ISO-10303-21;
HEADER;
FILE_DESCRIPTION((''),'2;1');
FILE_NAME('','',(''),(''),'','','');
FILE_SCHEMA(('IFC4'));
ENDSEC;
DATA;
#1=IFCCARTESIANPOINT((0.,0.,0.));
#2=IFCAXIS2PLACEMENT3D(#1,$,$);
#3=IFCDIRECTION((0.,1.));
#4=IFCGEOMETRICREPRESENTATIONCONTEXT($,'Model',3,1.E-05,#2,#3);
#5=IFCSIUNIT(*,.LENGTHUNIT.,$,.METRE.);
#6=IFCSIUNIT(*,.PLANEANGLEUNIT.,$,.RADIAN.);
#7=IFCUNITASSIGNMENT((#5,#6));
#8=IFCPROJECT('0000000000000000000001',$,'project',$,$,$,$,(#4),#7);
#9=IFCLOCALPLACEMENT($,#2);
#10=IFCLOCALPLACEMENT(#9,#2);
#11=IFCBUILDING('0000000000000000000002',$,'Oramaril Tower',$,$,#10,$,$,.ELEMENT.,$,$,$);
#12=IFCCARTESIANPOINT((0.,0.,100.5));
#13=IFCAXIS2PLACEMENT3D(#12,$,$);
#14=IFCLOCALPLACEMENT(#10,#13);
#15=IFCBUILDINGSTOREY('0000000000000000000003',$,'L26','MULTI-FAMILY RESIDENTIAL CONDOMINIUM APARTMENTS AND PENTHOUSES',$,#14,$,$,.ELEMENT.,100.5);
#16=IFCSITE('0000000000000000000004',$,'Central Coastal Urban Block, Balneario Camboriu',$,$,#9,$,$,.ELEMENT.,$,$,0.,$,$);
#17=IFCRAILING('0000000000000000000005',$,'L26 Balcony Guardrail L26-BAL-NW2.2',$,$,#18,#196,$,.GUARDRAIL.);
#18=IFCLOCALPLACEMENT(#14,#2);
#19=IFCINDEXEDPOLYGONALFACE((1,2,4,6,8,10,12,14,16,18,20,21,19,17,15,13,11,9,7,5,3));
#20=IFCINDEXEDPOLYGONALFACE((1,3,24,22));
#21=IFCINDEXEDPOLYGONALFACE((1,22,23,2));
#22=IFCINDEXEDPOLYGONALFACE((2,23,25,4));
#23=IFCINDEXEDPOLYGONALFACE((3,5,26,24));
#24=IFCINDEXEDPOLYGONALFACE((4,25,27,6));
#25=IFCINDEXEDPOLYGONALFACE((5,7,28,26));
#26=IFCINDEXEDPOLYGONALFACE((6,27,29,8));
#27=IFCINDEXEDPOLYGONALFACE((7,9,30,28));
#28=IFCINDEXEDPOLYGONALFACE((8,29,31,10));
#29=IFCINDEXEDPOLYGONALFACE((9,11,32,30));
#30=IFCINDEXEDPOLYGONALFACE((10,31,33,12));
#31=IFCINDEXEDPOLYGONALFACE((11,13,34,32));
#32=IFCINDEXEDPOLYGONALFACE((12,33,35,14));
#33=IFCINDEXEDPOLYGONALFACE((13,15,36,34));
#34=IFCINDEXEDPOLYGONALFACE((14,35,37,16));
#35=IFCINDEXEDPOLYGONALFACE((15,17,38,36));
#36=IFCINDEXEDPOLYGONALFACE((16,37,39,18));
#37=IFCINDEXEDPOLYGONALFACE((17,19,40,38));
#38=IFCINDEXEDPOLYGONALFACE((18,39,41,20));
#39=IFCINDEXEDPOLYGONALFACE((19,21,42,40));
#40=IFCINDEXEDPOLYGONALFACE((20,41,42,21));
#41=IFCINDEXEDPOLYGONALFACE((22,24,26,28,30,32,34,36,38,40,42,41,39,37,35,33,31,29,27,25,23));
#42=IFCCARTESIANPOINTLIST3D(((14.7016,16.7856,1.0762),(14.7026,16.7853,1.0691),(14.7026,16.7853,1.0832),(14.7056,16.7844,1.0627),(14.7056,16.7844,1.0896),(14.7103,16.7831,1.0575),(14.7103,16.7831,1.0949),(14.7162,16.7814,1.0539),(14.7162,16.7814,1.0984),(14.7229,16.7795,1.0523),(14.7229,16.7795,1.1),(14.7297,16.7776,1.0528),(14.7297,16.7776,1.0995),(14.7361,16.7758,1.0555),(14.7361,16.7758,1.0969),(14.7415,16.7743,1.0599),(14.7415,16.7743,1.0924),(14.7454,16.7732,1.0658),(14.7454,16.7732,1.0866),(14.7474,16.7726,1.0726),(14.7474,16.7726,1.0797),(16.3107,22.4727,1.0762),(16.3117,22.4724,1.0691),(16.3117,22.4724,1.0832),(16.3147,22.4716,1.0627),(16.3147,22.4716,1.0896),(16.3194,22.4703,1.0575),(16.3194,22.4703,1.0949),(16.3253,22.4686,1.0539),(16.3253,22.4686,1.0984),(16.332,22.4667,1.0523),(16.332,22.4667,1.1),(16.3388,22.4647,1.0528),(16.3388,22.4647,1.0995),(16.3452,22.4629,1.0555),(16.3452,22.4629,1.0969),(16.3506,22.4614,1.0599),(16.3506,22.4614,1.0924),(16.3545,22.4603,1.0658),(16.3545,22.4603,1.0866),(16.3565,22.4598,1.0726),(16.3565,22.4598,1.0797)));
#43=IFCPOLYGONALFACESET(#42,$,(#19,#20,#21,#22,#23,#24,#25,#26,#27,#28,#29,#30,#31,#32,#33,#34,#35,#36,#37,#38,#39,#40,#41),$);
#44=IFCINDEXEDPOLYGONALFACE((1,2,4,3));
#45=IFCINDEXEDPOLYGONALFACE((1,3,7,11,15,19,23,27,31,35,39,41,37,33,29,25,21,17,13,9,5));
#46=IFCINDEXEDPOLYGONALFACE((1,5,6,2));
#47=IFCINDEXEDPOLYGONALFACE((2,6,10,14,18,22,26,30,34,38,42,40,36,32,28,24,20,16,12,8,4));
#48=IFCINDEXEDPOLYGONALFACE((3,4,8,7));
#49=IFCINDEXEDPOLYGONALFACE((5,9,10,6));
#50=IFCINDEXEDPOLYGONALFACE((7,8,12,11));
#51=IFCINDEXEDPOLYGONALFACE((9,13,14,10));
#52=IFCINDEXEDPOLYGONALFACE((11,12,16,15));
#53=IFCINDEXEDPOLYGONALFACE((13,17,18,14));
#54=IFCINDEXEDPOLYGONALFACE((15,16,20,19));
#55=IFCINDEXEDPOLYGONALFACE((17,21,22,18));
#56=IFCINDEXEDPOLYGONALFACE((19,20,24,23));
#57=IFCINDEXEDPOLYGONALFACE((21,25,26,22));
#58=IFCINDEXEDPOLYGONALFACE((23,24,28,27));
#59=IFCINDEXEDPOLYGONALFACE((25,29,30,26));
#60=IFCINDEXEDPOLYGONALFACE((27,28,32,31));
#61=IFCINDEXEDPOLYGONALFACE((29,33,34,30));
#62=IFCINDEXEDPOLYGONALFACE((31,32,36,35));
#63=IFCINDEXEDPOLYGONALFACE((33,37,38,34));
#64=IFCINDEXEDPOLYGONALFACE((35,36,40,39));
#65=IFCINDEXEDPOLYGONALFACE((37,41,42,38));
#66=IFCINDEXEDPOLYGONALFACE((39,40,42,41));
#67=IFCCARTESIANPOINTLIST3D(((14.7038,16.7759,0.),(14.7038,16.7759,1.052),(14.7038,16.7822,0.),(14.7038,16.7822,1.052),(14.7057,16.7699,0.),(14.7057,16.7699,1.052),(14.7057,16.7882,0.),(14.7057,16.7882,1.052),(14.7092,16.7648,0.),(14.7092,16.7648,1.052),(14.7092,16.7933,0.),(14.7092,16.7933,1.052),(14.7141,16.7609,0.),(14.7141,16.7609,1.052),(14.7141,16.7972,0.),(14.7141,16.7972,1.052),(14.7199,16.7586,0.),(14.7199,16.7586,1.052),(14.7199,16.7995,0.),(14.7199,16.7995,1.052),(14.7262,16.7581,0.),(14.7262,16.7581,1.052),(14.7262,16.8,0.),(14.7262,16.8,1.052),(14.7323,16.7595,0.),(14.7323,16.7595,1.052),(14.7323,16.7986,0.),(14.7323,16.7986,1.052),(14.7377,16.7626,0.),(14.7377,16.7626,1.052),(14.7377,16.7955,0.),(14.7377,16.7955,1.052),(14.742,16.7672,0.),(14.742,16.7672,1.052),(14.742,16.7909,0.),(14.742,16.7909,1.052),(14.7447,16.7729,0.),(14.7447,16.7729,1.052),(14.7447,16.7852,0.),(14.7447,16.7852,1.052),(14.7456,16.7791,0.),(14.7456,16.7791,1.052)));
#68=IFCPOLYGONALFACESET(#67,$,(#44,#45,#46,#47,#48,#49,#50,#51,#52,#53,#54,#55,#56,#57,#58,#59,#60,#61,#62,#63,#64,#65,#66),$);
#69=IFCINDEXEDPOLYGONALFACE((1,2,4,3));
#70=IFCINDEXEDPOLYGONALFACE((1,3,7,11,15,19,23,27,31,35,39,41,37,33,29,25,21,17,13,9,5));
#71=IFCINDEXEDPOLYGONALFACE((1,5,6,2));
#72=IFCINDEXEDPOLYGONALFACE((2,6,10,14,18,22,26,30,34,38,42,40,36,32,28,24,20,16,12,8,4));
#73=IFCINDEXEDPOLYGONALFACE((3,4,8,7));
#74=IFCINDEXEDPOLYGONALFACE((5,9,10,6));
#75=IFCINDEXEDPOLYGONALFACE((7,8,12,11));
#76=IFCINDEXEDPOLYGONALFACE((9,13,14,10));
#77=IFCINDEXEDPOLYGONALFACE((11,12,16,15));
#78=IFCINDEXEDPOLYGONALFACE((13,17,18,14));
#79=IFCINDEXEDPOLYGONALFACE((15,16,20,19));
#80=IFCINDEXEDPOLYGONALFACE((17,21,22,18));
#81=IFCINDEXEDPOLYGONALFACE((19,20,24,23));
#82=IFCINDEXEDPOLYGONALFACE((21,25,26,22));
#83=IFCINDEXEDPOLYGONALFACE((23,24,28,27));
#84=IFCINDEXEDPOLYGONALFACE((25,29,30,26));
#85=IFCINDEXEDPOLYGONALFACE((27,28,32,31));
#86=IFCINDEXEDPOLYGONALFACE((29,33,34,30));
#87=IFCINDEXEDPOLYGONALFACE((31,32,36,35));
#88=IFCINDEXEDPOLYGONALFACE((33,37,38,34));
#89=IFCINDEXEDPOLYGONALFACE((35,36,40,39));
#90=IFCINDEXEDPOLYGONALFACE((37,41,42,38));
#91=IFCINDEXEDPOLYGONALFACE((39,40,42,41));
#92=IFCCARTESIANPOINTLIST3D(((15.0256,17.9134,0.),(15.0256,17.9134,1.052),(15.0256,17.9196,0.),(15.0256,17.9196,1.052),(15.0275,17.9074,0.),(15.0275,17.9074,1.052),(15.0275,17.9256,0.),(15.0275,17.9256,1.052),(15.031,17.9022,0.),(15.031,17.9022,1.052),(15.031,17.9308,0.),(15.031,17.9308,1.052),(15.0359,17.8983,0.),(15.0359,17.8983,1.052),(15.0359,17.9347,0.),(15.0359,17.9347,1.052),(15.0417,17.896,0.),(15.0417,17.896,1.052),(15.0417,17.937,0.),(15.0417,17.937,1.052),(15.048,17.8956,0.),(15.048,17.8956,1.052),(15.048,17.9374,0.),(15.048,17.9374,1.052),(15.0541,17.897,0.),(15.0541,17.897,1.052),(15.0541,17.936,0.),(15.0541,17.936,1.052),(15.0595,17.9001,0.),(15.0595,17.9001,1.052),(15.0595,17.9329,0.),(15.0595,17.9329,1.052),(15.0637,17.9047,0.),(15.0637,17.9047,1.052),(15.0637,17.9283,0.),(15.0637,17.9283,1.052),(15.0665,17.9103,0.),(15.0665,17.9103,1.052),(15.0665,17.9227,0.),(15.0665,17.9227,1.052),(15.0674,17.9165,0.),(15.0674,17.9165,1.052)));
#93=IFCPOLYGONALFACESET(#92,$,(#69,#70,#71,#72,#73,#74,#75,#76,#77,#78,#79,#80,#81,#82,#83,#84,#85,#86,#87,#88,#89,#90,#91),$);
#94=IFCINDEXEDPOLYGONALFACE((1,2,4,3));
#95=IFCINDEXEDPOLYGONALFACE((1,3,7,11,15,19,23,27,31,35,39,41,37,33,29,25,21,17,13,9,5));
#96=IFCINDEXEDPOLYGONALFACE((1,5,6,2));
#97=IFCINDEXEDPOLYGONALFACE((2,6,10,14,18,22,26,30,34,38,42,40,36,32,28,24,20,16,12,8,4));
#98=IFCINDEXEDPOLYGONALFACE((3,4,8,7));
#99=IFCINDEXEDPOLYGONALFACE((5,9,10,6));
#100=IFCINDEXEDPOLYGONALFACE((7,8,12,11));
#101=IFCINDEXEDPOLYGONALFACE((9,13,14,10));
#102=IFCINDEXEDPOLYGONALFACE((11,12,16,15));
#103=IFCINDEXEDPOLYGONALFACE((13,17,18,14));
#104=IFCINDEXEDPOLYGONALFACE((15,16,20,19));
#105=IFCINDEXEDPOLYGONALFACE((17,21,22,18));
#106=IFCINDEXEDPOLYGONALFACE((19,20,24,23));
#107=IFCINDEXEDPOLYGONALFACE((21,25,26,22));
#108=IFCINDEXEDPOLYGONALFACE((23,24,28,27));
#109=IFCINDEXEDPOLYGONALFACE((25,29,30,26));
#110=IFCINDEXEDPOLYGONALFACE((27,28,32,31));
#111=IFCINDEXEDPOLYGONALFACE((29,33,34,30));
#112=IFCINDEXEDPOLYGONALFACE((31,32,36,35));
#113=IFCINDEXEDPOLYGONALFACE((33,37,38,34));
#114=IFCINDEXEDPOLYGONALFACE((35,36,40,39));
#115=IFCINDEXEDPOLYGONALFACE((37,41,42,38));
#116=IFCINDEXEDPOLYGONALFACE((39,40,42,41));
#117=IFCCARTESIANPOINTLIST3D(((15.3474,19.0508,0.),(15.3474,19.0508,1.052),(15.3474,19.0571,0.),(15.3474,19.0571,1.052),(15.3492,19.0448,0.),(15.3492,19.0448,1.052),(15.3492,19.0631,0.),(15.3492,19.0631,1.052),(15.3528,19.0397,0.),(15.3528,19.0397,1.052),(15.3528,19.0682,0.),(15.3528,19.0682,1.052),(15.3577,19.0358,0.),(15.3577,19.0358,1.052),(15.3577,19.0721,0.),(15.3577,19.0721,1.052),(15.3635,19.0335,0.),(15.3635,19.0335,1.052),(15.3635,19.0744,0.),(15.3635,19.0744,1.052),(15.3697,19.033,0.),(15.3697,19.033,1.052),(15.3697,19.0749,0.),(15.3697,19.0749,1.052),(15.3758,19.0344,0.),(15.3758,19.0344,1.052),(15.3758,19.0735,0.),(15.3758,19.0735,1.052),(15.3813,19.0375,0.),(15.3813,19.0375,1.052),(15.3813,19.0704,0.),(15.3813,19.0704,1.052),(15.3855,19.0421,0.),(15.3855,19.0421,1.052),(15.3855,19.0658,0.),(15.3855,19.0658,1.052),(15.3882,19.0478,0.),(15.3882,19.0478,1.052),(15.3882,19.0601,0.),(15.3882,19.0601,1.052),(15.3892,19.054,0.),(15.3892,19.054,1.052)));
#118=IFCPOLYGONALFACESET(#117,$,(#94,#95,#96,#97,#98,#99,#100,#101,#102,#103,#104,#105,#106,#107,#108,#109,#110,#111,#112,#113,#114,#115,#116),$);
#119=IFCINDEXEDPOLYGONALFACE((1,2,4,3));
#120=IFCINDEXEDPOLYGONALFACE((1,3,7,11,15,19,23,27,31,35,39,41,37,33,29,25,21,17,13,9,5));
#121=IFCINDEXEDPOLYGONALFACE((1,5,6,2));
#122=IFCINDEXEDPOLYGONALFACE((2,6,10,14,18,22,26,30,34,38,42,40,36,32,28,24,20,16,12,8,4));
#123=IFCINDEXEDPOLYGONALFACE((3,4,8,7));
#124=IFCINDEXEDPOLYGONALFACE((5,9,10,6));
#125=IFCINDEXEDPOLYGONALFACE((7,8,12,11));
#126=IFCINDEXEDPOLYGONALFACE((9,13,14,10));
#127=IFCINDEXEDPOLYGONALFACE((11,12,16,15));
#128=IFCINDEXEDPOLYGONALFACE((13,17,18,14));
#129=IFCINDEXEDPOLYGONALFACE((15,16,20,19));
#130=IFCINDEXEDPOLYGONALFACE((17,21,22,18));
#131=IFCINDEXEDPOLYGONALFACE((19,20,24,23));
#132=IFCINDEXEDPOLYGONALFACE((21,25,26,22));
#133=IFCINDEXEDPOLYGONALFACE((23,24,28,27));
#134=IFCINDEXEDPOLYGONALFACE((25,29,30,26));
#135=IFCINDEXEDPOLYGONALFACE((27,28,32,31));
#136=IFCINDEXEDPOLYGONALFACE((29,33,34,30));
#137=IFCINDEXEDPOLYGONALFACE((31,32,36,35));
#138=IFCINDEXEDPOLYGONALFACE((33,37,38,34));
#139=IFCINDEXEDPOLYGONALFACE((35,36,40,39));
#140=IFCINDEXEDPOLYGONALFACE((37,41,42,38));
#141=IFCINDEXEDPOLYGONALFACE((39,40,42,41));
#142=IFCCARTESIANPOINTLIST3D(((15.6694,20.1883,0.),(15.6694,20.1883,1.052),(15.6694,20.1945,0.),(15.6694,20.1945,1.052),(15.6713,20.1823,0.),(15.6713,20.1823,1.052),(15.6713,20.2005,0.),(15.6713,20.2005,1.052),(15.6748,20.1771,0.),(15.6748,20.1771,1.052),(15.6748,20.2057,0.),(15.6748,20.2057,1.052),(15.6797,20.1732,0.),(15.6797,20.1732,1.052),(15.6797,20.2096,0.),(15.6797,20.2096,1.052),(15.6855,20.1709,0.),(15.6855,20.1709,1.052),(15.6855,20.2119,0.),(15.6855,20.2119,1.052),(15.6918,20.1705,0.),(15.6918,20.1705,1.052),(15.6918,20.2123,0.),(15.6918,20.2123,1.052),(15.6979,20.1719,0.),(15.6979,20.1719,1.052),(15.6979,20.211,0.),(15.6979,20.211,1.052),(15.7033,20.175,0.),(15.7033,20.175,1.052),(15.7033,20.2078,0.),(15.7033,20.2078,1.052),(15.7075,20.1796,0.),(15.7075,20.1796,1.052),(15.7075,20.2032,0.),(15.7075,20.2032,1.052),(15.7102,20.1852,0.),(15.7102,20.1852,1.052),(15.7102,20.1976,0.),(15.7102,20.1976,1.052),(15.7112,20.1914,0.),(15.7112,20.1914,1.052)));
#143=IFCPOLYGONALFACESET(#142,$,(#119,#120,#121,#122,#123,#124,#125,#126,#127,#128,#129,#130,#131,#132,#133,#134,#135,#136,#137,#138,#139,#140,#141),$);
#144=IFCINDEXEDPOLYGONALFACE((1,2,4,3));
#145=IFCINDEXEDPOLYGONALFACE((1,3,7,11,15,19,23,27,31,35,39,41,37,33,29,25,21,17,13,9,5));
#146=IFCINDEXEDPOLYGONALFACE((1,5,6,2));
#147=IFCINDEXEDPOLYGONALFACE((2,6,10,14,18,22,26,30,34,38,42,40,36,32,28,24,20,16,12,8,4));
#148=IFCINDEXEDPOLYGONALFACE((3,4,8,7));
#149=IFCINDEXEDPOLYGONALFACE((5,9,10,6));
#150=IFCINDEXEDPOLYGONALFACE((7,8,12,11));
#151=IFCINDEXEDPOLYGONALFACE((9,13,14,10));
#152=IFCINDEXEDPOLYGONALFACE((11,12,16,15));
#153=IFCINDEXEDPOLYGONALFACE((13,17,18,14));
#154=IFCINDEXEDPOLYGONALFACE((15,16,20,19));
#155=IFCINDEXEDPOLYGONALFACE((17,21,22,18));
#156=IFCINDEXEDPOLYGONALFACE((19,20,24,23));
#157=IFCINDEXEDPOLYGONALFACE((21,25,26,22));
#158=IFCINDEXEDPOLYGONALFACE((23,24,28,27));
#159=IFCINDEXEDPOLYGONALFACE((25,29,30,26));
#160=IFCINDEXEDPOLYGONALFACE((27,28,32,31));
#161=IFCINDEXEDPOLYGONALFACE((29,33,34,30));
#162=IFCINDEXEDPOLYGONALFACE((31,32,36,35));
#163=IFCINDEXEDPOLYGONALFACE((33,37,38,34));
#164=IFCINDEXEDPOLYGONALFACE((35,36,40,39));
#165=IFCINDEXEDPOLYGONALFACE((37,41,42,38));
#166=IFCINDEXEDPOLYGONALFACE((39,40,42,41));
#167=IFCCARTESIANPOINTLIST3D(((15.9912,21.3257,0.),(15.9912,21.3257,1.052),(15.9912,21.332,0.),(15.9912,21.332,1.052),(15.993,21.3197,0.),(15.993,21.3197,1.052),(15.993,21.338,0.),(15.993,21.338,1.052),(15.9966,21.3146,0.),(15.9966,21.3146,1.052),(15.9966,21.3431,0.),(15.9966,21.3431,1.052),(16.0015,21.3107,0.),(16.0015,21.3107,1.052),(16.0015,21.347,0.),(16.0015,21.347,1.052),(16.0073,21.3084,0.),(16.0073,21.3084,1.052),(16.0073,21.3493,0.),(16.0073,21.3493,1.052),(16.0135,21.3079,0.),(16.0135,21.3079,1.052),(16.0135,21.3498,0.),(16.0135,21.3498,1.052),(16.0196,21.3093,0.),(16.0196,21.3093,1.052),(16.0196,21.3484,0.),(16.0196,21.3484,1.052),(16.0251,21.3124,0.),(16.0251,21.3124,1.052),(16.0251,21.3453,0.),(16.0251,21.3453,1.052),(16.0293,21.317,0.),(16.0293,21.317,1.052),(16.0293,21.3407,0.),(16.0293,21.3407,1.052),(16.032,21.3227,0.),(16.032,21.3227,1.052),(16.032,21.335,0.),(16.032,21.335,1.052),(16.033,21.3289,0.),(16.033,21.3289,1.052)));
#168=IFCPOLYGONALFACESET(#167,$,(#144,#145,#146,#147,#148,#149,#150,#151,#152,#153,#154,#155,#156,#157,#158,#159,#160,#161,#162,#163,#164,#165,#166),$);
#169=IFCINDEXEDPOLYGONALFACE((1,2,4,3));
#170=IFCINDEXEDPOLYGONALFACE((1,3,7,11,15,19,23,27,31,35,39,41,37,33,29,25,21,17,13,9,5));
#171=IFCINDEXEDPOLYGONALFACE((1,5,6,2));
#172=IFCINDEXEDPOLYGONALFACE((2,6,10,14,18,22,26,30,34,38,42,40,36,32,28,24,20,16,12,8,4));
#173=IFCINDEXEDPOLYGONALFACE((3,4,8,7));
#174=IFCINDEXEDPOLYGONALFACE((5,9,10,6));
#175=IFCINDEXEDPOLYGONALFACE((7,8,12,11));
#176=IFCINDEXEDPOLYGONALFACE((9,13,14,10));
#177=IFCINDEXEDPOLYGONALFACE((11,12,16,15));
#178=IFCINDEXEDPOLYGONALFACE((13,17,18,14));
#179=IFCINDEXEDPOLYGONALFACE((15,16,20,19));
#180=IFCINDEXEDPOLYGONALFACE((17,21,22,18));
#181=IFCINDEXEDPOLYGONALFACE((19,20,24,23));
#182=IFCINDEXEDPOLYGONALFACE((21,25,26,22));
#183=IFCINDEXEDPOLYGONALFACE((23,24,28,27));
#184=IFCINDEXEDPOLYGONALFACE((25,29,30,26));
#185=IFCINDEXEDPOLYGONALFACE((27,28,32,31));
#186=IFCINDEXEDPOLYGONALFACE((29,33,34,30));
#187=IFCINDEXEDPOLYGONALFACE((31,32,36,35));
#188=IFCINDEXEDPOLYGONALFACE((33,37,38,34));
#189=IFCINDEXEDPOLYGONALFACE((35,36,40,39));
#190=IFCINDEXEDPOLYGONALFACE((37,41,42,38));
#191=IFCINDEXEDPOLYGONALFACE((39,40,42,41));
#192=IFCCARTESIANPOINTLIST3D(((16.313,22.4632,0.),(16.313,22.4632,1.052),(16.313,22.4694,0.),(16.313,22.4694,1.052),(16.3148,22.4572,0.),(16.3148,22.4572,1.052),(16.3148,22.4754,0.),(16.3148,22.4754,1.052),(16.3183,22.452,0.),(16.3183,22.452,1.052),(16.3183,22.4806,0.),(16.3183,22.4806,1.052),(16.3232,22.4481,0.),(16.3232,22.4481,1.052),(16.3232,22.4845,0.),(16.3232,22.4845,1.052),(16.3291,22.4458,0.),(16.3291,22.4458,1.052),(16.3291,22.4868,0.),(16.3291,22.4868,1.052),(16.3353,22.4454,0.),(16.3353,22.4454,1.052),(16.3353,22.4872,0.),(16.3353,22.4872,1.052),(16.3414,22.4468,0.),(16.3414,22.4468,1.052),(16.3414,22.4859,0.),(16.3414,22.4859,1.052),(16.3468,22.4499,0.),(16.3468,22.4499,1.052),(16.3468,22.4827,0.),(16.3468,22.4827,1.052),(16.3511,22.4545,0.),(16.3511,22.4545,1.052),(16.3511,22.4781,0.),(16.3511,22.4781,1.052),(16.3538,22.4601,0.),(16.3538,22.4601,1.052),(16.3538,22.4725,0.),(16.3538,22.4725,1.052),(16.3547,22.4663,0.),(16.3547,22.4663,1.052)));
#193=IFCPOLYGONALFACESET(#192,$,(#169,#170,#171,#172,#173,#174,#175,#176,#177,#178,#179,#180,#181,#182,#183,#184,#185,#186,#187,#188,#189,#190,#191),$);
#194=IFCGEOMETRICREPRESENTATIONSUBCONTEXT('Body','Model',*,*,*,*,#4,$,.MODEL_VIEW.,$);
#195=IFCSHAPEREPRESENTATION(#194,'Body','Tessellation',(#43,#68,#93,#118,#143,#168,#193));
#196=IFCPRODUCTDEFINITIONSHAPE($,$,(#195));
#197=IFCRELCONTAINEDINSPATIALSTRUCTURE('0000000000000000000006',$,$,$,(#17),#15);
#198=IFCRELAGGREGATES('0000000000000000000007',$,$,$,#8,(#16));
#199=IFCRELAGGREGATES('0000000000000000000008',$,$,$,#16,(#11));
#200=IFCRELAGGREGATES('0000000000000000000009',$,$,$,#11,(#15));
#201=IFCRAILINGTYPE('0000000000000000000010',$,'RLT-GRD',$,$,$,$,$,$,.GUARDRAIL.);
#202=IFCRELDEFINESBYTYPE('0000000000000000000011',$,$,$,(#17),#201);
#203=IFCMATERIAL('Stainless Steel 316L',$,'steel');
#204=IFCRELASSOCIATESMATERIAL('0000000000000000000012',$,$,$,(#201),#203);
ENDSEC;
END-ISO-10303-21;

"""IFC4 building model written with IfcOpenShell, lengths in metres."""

from ifc_helpers import new_model, si_unit, direction, frame, origin, origin_2d, place, context, subcontext, project, spatial, circle, extrude, material, type_object, element, save


model = new_model("IFC4")

# Units and contexts
model_context = context("Model", 3, precision=1e-05, world=origin(), true_north=direction((0.0, 1.0)))
body_context = subcontext(model_context, "Body", "Model", "MODEL_VIEW")
ifc_project = project(units=[si_unit("LENGTHUNIT", "METRE"), si_unit("PLANEANGLEUNIT", "RADIAN")], contexts=[model_context])

# Site, building, storey
site_placement = place(None, origin())
site = spatial("IfcSite", under=ifc_project, at=site_placement, Name="Central Coastal Urban Block, Balneario Camboriu", CompositionType="ELEMENT", RefElevation=0.0)
building_placement = place(site_placement, origin())
building = spatial("IfcBuilding", under=site, at=building_placement, Name="Oramaril Tower", CompositionType="ELEMENT")
storey_placement = place(building_placement, frame((0.0, 0.0, 100.5)))
storey = spatial("IfcBuildingStorey", under=building, at=storey_placement, Name="L26", Description="MULTI-FAMILY RESIDENTIAL CONDOMINIUM APARTMENTS AND PENTHOUSES", CompositionType="ELEMENT", Elevation=100.5)

# Railing
ifc_material_1 = material(Name="Stainless Steel 316L", Category="steel")
railing_type = type_object("IfcRailingType", Name="RLT-GRD", PredefinedType="GUARDRAIL", material=ifc_material_1)
railing_1_placement = place(storey_placement, frame((14.7246, 16.7791, 0.0)))
element("IfcRailing", 1, at=railing_1_placement, inside=storey, type_object=railing_type, Name="L26 Balcony Guardrail L26-BAL-NW2.2", PredefinedType="GUARDRAIL", context=body_context, shape_type="SweptSolid", body=[
    extrude(circle(Radius=0.0239, at=origin_2d()), frame((0.0, 0.0, 1.0762), z_axis=(0.272249, 0.962227, 0.0), x_axis=(-0.962227, 0.272249, 0.0)), (0.0, 0.0, 1.0), 5.9104),
    extrude(circle(Radius=0.021, at=origin_2d()), origin(), (0.0, 0.0, 1.0), 1.052),
    extrude(circle(Radius=0.021, at=origin_2d()), frame((0.3218, 1.1375, 0.0)), (0.0, 0.0, 1.0), 1.052),
    extrude(circle(Radius=0.021, at=origin_2d()), frame((0.6436, 2.2749, 0.0)), (0.0, 0.0, 1.0), 1.052),
    extrude(circle(Radius=0.021, at=origin_2d()), frame((0.9656, 3.4124, 0.0)), (0.0, 0.0, 1.0), 1.052),
    extrude(circle(Radius=0.021, at=origin_2d()), frame((1.2874, 4.5498, 0.0)), (0.0, 0.0, 1.0), 1.052),
    extrude(circle(Radius=0.021, at=origin_2d()), frame((1.6091, 5.6873, 0.0)), (0.0, 0.0, 1.0), 1.052),
])

save(model, "model.ifc")
